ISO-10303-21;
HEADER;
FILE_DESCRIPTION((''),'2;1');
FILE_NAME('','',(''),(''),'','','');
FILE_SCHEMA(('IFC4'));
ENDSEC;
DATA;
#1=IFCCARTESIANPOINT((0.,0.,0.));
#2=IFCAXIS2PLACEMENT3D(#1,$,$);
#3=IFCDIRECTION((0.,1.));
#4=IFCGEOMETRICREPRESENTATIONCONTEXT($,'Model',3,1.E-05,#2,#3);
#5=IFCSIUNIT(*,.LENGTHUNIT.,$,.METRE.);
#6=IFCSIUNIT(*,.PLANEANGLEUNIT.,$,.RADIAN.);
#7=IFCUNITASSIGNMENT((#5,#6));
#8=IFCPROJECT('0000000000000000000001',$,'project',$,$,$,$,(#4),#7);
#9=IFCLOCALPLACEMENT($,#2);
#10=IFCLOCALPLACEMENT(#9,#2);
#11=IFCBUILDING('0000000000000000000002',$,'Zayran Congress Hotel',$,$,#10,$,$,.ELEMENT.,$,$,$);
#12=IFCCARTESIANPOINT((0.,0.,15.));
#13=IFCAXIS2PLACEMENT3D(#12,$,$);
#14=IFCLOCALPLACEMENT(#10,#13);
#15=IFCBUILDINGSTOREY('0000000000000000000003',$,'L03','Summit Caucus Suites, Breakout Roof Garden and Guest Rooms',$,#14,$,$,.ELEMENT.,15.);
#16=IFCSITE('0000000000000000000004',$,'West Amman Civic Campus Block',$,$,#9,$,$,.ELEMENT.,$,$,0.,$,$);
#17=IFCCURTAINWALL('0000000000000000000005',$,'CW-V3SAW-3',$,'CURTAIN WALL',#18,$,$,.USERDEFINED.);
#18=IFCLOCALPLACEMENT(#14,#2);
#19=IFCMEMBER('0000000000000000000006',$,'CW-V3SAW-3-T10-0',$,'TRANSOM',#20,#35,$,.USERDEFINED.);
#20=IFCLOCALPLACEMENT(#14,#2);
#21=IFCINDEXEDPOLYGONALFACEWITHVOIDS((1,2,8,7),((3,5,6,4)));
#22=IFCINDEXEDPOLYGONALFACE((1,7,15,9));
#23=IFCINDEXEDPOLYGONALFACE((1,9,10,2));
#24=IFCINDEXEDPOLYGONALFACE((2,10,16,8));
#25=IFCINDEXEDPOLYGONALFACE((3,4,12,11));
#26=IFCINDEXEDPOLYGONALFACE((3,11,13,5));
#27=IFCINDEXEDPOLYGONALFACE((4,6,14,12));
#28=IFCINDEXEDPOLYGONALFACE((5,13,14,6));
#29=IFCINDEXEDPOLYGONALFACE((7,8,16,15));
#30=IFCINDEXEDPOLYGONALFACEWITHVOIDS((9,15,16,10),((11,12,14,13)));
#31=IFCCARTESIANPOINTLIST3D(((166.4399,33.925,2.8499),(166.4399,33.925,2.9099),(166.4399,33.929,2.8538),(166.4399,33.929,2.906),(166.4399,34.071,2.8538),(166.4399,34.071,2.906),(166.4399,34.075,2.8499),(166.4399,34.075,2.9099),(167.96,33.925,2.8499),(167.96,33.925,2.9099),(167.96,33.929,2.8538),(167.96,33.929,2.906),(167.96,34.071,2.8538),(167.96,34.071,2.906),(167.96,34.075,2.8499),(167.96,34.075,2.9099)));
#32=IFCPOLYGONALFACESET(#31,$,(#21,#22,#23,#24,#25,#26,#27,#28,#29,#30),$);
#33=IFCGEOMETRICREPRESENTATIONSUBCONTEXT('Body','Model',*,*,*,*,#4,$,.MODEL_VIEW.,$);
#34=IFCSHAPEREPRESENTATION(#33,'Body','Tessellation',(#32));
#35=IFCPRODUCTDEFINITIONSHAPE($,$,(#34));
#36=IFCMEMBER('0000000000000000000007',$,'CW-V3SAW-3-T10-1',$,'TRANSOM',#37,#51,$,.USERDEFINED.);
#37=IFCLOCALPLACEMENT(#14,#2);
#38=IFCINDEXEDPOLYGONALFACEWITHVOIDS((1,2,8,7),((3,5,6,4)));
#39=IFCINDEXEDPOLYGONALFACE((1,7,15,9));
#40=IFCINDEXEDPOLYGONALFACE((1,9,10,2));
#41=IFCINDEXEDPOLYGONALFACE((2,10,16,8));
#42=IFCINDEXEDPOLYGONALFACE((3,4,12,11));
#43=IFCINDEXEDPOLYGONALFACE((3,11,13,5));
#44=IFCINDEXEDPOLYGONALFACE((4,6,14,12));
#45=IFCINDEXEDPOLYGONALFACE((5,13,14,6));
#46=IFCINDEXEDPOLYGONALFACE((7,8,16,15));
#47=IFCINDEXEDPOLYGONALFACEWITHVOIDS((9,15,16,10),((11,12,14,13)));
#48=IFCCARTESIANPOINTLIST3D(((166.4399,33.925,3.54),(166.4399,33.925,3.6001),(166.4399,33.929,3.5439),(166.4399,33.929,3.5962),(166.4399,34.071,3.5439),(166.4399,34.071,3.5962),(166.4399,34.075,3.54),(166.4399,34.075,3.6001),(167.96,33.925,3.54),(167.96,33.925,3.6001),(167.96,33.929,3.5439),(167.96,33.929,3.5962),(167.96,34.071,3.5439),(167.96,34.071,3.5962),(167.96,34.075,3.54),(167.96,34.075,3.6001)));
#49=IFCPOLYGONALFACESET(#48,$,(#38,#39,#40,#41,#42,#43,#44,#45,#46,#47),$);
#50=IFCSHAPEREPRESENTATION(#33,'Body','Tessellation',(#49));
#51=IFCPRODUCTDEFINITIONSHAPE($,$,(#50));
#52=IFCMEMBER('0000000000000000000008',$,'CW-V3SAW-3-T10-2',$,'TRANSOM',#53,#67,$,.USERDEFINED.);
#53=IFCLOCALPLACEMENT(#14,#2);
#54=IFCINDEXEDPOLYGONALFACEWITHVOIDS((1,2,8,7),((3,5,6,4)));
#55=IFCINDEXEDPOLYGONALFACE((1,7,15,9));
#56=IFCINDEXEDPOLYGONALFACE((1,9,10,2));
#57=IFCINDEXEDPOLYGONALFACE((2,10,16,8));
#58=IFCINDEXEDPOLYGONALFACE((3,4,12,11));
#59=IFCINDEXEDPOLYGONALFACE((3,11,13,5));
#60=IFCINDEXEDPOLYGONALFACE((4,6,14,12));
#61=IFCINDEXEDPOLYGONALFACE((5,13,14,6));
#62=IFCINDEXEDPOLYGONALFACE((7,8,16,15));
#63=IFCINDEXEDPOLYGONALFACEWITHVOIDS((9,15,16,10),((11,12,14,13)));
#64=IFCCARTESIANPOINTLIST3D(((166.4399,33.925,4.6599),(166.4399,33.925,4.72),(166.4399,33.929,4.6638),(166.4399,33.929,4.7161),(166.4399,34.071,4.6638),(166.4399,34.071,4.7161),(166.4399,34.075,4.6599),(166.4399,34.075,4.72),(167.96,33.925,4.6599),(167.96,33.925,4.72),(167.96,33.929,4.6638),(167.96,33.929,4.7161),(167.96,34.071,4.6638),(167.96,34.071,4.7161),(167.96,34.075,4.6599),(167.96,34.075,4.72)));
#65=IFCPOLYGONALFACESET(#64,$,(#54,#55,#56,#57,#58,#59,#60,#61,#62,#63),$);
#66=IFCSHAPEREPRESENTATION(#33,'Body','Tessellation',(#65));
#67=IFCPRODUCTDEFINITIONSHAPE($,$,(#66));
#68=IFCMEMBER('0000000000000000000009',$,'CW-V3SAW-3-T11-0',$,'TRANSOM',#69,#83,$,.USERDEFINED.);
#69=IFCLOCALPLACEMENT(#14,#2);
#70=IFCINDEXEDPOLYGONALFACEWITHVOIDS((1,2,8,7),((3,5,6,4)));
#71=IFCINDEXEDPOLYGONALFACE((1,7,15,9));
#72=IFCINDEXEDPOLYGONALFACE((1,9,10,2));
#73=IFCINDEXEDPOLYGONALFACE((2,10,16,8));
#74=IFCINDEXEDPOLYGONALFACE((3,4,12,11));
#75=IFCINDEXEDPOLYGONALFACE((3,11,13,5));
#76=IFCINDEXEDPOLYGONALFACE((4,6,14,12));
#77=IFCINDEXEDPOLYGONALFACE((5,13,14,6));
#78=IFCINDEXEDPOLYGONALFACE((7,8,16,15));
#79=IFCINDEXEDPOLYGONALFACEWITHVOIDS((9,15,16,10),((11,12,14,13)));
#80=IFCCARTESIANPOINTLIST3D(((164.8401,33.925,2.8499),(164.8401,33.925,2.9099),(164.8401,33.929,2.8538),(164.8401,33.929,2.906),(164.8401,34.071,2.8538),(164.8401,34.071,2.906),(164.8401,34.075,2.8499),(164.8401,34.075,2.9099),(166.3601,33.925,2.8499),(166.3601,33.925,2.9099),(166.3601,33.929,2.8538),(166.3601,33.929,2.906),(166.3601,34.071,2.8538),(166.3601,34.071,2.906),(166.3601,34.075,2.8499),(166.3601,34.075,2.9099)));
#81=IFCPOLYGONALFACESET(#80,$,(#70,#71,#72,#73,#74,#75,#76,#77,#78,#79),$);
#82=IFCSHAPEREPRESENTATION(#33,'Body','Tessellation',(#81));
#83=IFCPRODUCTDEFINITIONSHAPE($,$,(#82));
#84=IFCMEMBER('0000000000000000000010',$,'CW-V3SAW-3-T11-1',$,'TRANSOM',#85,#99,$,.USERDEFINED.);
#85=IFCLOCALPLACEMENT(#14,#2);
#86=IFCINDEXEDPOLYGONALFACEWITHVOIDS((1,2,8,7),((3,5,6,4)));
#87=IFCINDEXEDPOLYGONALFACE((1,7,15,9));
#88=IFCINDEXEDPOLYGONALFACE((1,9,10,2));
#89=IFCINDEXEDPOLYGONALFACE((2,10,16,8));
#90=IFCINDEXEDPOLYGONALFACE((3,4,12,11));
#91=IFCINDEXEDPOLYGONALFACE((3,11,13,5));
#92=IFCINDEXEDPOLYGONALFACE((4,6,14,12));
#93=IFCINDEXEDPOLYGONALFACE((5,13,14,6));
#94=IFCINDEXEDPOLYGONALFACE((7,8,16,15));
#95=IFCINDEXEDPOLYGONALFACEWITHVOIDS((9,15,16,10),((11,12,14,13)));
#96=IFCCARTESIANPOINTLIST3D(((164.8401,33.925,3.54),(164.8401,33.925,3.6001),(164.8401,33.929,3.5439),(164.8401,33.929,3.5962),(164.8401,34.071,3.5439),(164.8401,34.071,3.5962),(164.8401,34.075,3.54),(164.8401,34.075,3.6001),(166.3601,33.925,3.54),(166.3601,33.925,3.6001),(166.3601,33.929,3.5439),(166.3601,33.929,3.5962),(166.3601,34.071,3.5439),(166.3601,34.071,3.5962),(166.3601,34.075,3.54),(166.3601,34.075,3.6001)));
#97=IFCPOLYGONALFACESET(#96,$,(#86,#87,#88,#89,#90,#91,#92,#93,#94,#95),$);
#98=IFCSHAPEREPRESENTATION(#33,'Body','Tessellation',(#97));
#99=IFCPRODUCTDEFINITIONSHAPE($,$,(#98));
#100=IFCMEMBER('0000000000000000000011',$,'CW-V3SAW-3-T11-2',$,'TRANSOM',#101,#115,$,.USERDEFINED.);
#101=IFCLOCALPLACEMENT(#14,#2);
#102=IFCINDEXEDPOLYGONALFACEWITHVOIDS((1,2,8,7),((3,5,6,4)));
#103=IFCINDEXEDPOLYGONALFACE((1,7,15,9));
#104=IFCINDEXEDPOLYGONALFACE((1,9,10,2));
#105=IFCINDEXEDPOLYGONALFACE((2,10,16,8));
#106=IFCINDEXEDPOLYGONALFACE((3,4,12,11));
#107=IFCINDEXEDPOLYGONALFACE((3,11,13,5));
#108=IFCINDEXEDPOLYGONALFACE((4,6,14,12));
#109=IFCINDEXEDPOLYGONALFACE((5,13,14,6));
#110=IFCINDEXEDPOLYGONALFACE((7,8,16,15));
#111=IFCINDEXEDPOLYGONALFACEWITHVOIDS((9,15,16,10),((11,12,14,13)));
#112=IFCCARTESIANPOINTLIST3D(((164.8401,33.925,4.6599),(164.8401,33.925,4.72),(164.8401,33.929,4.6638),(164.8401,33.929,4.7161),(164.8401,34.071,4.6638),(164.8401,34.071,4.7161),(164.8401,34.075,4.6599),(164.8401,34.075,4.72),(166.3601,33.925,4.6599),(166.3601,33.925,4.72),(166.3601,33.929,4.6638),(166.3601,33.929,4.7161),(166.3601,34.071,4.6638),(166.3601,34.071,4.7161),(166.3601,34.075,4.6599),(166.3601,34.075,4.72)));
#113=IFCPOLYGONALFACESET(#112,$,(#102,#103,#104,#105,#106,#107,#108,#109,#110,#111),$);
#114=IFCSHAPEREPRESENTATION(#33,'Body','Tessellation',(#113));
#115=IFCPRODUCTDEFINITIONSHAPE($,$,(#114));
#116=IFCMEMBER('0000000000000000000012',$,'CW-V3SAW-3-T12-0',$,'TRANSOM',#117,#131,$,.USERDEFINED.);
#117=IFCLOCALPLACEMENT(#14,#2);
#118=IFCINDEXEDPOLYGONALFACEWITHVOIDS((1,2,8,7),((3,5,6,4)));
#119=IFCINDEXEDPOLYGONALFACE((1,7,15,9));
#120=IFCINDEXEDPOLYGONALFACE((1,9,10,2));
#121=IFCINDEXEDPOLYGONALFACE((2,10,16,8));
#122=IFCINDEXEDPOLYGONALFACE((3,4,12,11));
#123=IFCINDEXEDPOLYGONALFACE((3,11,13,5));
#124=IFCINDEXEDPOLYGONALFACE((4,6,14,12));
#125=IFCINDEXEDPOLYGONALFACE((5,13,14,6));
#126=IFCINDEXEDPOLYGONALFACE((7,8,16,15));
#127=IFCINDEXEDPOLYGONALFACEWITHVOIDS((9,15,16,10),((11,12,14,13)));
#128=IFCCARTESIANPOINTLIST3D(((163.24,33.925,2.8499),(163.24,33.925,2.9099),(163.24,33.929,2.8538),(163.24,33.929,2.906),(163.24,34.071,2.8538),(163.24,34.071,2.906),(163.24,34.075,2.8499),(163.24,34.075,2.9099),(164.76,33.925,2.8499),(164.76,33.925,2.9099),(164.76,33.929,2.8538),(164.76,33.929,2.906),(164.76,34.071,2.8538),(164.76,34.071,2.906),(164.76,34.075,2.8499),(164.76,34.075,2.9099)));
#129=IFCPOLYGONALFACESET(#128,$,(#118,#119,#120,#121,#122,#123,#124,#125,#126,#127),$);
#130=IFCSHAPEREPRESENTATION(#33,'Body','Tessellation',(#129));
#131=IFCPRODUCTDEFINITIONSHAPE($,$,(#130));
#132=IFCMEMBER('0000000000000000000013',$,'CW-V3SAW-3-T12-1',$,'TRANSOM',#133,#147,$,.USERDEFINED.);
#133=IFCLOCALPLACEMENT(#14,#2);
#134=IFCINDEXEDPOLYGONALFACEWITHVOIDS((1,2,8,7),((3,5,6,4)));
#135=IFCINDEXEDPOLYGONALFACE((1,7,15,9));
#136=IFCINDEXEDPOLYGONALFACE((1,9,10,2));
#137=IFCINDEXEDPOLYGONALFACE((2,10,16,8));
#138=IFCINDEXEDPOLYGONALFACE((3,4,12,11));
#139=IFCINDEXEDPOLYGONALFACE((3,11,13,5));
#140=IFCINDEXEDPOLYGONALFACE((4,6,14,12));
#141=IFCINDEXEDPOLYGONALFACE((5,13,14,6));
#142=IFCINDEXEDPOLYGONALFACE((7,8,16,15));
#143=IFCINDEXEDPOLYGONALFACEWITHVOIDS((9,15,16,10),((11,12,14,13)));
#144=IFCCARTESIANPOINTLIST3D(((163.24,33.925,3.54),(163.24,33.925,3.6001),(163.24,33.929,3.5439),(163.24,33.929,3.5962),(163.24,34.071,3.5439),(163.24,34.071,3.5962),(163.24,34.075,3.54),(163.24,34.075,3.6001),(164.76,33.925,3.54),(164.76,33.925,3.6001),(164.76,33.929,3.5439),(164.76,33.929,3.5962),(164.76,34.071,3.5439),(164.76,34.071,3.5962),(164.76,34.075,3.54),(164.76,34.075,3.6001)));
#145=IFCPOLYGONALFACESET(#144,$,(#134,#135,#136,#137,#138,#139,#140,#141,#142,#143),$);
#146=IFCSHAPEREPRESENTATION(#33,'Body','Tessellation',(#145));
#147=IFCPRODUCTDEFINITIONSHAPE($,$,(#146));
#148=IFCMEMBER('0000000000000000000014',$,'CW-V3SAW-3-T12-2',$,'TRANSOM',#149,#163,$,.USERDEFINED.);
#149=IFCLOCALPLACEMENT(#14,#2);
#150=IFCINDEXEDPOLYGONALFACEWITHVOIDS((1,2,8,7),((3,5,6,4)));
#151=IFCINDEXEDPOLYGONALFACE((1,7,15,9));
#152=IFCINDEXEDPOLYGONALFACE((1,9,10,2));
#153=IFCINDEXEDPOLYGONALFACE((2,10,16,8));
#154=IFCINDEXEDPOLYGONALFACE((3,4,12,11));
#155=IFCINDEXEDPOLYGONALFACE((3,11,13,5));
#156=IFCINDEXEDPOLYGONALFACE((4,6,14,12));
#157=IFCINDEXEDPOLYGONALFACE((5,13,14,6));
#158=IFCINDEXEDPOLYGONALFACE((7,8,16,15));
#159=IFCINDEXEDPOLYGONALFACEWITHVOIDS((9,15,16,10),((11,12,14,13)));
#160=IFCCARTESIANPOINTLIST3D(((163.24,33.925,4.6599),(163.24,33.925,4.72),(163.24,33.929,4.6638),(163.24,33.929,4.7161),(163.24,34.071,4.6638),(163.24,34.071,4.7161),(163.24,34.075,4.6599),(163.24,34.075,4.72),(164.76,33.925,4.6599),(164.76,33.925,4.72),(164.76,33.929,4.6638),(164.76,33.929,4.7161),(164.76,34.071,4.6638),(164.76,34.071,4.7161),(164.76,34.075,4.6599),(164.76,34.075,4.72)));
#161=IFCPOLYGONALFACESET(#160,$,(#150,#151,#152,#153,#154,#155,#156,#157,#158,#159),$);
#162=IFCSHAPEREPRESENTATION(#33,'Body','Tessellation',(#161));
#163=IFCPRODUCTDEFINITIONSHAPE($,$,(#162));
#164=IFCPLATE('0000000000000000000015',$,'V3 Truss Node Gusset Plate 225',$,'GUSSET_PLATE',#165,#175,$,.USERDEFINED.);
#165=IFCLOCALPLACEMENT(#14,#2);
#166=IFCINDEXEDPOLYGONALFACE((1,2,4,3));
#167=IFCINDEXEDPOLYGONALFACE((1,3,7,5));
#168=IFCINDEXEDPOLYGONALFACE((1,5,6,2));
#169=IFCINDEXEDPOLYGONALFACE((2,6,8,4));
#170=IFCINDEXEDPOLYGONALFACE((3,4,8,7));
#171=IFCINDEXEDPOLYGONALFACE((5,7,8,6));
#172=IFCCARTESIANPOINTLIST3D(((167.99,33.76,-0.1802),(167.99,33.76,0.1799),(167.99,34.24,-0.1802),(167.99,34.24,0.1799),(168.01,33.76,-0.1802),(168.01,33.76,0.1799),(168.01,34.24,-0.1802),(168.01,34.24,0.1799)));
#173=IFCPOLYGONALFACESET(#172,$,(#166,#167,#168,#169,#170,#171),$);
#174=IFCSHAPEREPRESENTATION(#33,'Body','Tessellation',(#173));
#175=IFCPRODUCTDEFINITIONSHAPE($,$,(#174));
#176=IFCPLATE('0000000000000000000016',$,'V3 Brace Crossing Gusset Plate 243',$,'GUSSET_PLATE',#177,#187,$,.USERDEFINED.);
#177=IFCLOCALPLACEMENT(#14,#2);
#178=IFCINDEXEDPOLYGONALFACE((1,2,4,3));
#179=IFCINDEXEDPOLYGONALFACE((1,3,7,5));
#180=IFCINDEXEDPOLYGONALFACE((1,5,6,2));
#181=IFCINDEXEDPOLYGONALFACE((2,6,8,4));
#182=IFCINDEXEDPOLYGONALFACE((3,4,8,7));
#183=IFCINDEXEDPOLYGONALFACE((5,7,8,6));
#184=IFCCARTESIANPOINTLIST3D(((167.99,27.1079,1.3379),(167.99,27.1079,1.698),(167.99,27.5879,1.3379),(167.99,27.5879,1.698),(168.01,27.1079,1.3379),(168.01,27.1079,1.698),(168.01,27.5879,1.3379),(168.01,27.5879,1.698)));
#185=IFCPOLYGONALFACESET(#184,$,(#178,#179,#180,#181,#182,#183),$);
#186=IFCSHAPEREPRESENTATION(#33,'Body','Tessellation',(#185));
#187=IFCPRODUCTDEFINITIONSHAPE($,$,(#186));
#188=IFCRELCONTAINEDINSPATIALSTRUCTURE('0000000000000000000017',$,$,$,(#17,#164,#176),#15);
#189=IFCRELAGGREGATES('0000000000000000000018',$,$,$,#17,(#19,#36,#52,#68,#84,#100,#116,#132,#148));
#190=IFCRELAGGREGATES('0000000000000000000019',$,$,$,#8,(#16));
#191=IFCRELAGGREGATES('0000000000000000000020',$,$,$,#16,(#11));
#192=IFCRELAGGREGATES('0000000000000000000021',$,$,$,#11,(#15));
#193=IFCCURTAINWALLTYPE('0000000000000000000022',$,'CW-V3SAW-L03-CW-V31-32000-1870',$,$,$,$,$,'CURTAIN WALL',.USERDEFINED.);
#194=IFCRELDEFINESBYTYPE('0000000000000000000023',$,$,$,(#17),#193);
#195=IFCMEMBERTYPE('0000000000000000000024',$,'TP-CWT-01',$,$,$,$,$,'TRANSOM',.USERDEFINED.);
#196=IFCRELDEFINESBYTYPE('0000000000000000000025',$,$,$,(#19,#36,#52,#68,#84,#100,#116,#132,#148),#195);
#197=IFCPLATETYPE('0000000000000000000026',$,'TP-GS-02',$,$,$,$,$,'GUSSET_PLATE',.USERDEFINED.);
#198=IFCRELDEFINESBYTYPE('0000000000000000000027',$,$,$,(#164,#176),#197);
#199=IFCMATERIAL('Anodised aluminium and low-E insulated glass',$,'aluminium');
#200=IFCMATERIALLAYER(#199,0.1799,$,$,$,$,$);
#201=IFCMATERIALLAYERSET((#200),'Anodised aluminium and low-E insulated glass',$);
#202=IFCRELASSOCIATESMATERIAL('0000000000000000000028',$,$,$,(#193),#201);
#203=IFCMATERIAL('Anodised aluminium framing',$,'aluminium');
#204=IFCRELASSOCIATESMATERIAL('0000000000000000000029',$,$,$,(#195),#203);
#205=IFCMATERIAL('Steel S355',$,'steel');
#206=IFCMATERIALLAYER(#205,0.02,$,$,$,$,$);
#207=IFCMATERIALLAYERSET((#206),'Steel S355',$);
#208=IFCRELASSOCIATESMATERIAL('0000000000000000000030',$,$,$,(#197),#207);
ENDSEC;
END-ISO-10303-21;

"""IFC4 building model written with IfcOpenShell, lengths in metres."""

from ifc_helpers import new_model, si_unit, direction, frame, origin, origin_2d, place, context, subcontext, project, spatial, rectangle, hollow_rectangle, extrude, material, layer, layer_set, material_profile, profile_set, type_object, element, aggregate, save


model = new_model("IFC4")

# Units and contexts
model_context = context("Model", 3, precision=1e-05, world=origin(), true_north=direction((0.0, 1.0)))
body_context = subcontext(model_context, "Body", "Model", "MODEL_VIEW")
ifc_project = project(units=[si_unit("LENGTHUNIT", "METRE"), si_unit("PLANEANGLEUNIT", "RADIAN")], contexts=[model_context])

# Site, building, storey
site_placement = place(None, origin())
site = spatial("IfcSite", under=ifc_project, at=site_placement, Name="West Amman Civic Campus Block", CompositionType="ELEMENT", RefElevation=0.0)
building_placement = place(site_placement, origin())
building = spatial("IfcBuilding", under=site, at=building_placement, Name="Zayran Congress Hotel", CompositionType="ELEMENT")
storey_placement = place(building_placement, frame((0.0, 0.0, 15.0)))
storey = spatial("IfcBuildingStorey", under=building, at=storey_placement, Name="L03", Description="Summit Caucus Suites, Breakout Roof Garden and Guest Rooms", CompositionType="ELEMENT", Elevation=15.0)

# Shared definitions
ifc_material_1 = material(Name="Steel S355", Category="steel")

# Curtain wall, members
ifc_material_2 = material(Name="Anodised aluminium and low-E insulated glass", Category="aluminium")
ifc_layer_1 = layer(ifc_material_2, 0.1799)
ifc_layer_set_1 = layer_set([ifc_layer_1], Name="Anodised aluminium and low-E insulated glass")
curtain_wall_type = type_object("IfcCurtainWallType", Name="CW-V3SAW-L03-CW-V31-32000-1870", ElementType="CURTAIN WALL", PredefinedType="USERDEFINED", material=ifc_layer_set_1)
curtain_wall_placement = place(storey_placement, origin())
curtain_wall = element("IfcCurtainWall", 1, at=curtain_wall_placement, inside=storey, type_object=curtain_wall_type, Name="CW-V3SAW-3", ObjectType="CURTAIN WALL", PredefinedType="USERDEFINED")
ifc_material_3 = material(Name="Anodised aluminium framing", Category="aluminium")
ifc_material_profile_1 = material_profile(ifc_material_3, hollow_rectangle(XDim=0.0601, YDim=0.1499, WallThickness=0.0039, at=origin_2d()), Name="RHS 150x60x4")
ifc_profile_set_1 = profile_set([ifc_material_profile_1], Name="Anodised aluminium framing")
member_type_1 = type_object("IfcMemberType", Name="TP-CWT-01", ElementType="TRANSOM", PredefinedType="USERDEFINED", material=ifc_profile_set_1)
member_1_placement = place(storey_placement, frame((167.96, 34.0, 2.8799), z_axis=(-1.0, 0.0, 0.0), x_axis=(0.0, 0.0, 1.0)))
member_1 = element("IfcMember", 2, at=member_1_placement, type_object=member_type_1, Name="CW-V3SAW-3-T10-0", ObjectType="TRANSOM", PredefinedType="USERDEFINED", context=body_context, shape_type="SweptSolid", body=[
    extrude(hollow_rectangle(XDim=0.0601, YDim=0.1499, WallThickness=0.0039, at=origin_2d()), origin(), (0.0, 0.0, 1.0), 1.52),
])
member_2_placement = place(storey_placement, frame((167.96, 34.0, 3.5701), z_axis=(-1.0, 0.0, 0.0), x_axis=(0.0, 0.0, 1.0)))
member_2 = element("IfcMember", 3, at=member_2_placement, type_object=member_type_1, Name="CW-V3SAW-3-T10-1", ObjectType="TRANSOM", PredefinedType="USERDEFINED", context=body_context, shape_type="SweptSolid", body=[
    extrude(hollow_rectangle(XDim=0.0601, YDim=0.1499, WallThickness=0.0039, at=origin_2d()), origin(), (0.0, 0.0, 1.0), 1.52),
])
member_3_placement = place(storey_placement, frame((167.96, 34.0, 4.6899), z_axis=(-1.0, 0.0, 0.0), x_axis=(0.0, 0.0, 1.0)))
member_3 = element("IfcMember", 4, at=member_3_placement, type_object=member_type_1, Name="CW-V3SAW-3-T10-2", ObjectType="TRANSOM", PredefinedType="USERDEFINED", context=body_context, shape_type="SweptSolid", body=[
    extrude(hollow_rectangle(XDim=0.0601, YDim=0.1499, WallThickness=0.0039, at=origin_2d()), origin(), (0.0, 0.0, 1.0), 1.52),
])
member_4_placement = place(storey_placement, frame((166.3601, 34.0, 2.8799), z_axis=(-1.0, 0.0, 0.0), x_axis=(0.0, 0.0, 1.0)))
member_4 = element("IfcMember", 5, at=member_4_placement, type_object=member_type_1, Name="CW-V3SAW-3-T11-0", ObjectType="TRANSOM", PredefinedType="USERDEFINED", context=body_context, shape_type="SweptSolid", body=[
    extrude(hollow_rectangle(XDim=0.0601, YDim=0.1499, WallThickness=0.0039, at=origin_2d()), origin(), (0.0, 0.0, 1.0), 1.52),
])
member_5_placement = place(storey_placement, frame((166.3601, 34.0, 3.5701), z_axis=(-1.0, 0.0, 0.0), x_axis=(0.0, 0.0, 1.0)))
member_5 = element("IfcMember", 6, at=member_5_placement, type_object=member_type_1, Name="CW-V3SAW-3-T11-1", ObjectType="TRANSOM", PredefinedType="USERDEFINED", context=body_context, shape_type="SweptSolid", body=[
    extrude(hollow_rectangle(XDim=0.0601, YDim=0.1499, WallThickness=0.0039, at=origin_2d()), origin(), (0.0, 0.0, 1.0), 1.52),
])
member_6_placement = place(storey_placement, frame((166.3601, 34.0, 4.6899), z_axis=(-1.0, 0.0, 0.0), x_axis=(0.0, 0.0, 1.0)))
member_6 = element("IfcMember", 7, at=member_6_placement, type_object=member_type_1, Name="CW-V3SAW-3-T11-2", ObjectType="TRANSOM", PredefinedType="USERDEFINED", context=body_context, shape_type="SweptSolid", body=[
    extrude(hollow_rectangle(XDim=0.0601, YDim=0.1499, WallThickness=0.0039, at=origin_2d()), origin(), (0.0, 0.0, 1.0), 1.52),
])
member_7_placement = place(storey_placement, frame((164.76, 34.0, 2.8799), z_axis=(-1.0, 0.0, 0.0), x_axis=(0.0, 0.0, 1.0)))
member_7 = element("IfcMember", 8, at=member_7_placement, type_object=member_type_1, Name="CW-V3SAW-3-T12-0", ObjectType="TRANSOM", PredefinedType="USERDEFINED", context=body_context, shape_type="SweptSolid", body=[
    extrude(hollow_rectangle(XDim=0.0601, YDim=0.1499, WallThickness=0.0039, at=origin_2d()), origin(), (0.0, 0.0, 1.0), 1.52),
])
member_8_placement = place(storey_placement, frame((164.76, 34.0, 3.5701), z_axis=(-1.0, 0.0, 0.0), x_axis=(0.0, 0.0, 1.0)))
member_8 = element("IfcMember", 9, at=member_8_placement, type_object=member_type_1, Name="CW-V3SAW-3-T12-1", ObjectType="TRANSOM", PredefinedType="USERDEFINED", context=body_context, shape_type="SweptSolid", body=[
    extrude(hollow_rectangle(XDim=0.0601, YDim=0.1499, WallThickness=0.0039, at=origin_2d()), origin(), (0.0, 0.0, 1.0), 1.52),
])
member_9_placement = place(storey_placement, frame((164.76, 34.0, 4.6899), z_axis=(-1.0, 0.0, 0.0), x_axis=(0.0, 0.0, 1.0)))
member_9 = element("IfcMember", 10, at=member_9_placement, type_object=member_type_1, Name="CW-V3SAW-3-T12-2", ObjectType="TRANSOM", PredefinedType="USERDEFINED", context=body_context, shape_type="SweptSolid", body=[
    extrude(hollow_rectangle(XDim=0.0601, YDim=0.1499, WallThickness=0.0039, at=origin_2d()), origin(), (0.0, 0.0, 1.0), 1.52),
])

# Plates
ifc_layer_2 = layer(ifc_material_1, 0.02)
ifc_layer_set_2 = layer_set([ifc_layer_2], Name="Steel S355")
plate_type_1 = type_object("IfcPlateType", Name="TP-GS-02", ElementType="GUSSET_PLATE", PredefinedType="USERDEFINED", material=ifc_layer_set_2)
for number, where, z_axis, x_axis, name in (
    (11, (168.0, 34.0, -0.1802), (0.0, 0.0, 1.0), (0.0, 1.0, 0.0), "V3 Truss Node Gusset Plate 225"),
    (12, (168.0, 27.3479, 1.3379), (0.0, 0.0, 1.0), (0.0, 1.0, 0.0), "V3 Brace Crossing Gusset Plate 243"),
):
    element("IfcPlate", number, at=place(storey_placement, frame(where, z_axis=z_axis, x_axis=x_axis)), inside=storey, type_object=plate_type_1, Name=name, ObjectType="GUSSET_PLATE", PredefinedType="USERDEFINED", context=body_context, shape_type="SweptSolid", body=[
        extrude(rectangle(XDim=0.48, YDim=0.02, at=origin_2d()), origin(), (0.0, 0.0, 1.0), 0.3601),
    ])

aggregate(curtain_wall, [member_1, member_2, member_3, member_4, member_5, member_6, member_7, member_8, member_9])

save(model, "model.ifc")
